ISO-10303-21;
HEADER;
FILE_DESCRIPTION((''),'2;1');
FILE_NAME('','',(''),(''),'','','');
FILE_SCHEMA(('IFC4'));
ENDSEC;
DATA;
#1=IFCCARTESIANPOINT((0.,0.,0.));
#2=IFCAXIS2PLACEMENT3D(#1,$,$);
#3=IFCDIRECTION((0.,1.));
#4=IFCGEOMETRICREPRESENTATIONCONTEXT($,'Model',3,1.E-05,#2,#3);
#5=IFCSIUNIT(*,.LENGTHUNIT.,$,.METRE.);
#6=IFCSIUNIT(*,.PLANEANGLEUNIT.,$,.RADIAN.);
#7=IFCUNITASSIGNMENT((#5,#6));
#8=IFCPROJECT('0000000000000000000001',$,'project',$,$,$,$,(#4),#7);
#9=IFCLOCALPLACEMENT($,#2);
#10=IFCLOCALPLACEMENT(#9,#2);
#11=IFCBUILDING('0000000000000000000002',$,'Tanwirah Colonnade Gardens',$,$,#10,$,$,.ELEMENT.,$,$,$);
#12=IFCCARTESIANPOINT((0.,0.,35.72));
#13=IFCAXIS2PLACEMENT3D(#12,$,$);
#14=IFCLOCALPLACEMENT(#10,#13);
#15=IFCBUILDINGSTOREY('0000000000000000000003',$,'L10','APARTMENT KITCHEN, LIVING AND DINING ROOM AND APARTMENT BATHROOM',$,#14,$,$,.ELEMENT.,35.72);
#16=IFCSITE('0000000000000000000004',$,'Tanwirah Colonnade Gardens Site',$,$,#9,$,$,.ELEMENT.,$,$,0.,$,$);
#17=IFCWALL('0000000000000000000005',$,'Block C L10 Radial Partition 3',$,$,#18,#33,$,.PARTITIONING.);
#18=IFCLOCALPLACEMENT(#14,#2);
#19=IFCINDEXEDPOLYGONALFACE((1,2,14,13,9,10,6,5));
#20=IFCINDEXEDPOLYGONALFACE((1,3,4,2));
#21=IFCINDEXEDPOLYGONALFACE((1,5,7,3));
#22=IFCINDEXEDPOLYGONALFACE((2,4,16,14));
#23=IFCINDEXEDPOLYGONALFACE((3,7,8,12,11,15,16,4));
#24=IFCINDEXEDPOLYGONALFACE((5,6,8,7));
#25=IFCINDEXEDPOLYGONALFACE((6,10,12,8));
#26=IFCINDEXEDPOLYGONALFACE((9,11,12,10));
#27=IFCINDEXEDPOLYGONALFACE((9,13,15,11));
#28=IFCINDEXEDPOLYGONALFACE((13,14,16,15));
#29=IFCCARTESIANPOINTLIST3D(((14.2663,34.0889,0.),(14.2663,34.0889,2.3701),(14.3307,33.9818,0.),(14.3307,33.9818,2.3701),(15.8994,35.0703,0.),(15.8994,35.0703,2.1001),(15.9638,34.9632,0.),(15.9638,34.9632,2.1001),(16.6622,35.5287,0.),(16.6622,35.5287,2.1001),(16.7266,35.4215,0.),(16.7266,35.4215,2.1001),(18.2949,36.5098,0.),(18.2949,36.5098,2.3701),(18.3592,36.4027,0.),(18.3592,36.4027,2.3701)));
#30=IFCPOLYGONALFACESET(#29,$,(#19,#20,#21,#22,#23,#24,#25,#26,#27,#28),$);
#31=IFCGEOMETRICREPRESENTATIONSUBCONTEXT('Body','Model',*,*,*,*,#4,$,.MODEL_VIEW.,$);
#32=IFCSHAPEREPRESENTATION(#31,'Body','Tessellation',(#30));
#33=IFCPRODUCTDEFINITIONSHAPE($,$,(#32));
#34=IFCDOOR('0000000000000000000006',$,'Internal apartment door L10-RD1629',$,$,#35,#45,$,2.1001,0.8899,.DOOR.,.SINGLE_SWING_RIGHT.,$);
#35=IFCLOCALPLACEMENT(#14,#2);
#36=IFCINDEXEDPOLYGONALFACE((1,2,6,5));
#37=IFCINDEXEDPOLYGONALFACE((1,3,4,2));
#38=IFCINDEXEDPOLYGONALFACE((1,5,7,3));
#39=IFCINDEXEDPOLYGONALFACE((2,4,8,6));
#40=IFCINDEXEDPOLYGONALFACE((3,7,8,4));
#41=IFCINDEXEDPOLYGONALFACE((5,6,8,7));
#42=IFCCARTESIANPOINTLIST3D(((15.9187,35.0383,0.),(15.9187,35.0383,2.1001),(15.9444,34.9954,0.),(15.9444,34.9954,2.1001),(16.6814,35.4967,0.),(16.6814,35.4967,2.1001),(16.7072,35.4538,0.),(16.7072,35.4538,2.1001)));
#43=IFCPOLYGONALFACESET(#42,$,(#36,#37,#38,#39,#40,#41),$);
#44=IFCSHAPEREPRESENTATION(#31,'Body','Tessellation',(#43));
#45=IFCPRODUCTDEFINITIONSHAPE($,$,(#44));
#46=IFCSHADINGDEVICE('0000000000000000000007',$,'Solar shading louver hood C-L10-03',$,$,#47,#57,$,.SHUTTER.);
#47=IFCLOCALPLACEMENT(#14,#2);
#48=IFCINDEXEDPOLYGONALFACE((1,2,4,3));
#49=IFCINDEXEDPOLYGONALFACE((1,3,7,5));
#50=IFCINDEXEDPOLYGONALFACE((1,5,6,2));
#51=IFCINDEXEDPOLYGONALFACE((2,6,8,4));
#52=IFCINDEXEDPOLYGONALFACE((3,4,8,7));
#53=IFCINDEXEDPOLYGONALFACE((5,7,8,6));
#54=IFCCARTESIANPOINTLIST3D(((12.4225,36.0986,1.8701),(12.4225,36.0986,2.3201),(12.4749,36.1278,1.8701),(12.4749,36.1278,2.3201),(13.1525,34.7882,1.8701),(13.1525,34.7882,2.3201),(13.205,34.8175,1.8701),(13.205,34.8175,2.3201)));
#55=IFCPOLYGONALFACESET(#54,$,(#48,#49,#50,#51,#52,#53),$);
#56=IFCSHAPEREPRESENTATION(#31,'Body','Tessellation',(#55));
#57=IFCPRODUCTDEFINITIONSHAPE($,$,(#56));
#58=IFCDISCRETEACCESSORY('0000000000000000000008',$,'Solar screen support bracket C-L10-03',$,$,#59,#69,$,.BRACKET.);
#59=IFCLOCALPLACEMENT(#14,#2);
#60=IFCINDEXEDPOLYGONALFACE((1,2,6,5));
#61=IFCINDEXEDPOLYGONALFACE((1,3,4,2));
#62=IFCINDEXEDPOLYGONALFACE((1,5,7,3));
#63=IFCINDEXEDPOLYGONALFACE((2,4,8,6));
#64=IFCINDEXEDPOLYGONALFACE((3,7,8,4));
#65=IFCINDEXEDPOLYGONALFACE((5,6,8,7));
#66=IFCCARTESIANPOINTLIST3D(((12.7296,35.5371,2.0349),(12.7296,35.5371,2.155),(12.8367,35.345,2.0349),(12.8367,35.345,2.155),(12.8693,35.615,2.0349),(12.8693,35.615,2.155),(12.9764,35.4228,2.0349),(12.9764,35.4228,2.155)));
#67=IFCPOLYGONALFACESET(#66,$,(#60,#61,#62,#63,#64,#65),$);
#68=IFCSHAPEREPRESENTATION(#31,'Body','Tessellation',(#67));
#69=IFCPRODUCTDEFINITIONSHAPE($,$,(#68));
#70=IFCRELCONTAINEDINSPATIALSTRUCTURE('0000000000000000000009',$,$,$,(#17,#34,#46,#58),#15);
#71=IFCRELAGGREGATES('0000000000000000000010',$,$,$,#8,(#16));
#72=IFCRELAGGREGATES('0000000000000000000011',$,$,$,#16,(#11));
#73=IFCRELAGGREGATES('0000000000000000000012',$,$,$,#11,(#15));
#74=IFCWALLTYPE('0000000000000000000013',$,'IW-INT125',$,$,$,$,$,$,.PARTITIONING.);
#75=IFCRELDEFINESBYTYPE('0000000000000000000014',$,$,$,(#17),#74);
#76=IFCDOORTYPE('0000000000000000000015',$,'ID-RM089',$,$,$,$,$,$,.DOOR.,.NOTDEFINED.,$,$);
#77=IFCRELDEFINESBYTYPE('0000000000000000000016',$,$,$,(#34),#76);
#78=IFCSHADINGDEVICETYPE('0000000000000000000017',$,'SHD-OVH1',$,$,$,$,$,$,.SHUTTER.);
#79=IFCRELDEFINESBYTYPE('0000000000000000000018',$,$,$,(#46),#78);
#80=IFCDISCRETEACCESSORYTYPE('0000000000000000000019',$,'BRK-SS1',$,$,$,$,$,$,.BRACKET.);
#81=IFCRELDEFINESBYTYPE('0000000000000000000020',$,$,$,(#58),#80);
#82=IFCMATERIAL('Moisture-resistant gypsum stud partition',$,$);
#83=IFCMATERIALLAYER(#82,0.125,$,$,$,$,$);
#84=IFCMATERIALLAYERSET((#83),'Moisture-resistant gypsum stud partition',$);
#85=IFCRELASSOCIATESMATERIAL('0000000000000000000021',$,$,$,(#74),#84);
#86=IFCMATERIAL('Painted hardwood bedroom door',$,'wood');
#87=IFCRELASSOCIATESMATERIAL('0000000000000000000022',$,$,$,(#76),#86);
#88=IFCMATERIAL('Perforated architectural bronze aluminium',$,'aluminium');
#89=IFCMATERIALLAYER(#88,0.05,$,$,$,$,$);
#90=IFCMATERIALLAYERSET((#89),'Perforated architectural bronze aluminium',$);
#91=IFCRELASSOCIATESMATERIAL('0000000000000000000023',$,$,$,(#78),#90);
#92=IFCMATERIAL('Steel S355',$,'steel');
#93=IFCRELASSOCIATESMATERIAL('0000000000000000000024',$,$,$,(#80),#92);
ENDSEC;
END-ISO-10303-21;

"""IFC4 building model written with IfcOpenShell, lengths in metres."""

from ifc_helpers import new_model, si_unit, direction, frame, frame_2d, origin, origin_2d, place, context, subcontext, project, spatial, rectangle, extrude, material, layer, layer_set, type_object, element, fill, save


model = new_model("IFC4")

# Units and contexts
model_context = context("Model", 3, precision=1e-05, world=origin(), true_north=direction((0.0, 1.0)))
body_context = subcontext(model_context, "Body", "Model", "MODEL_VIEW")
ifc_project = project(units=[si_unit("LENGTHUNIT", "METRE"), si_unit("PLANEANGLEUNIT", "RADIAN")], contexts=[model_context])

# Site, building, storey
site_placement = place(None, origin())
site = spatial("IfcSite", under=ifc_project, at=site_placement, Name="Tanwirah Colonnade Gardens Site", CompositionType="ELEMENT", RefElevation=0.0)
building_placement = place(site_placement, origin())
building = spatial("IfcBuilding", under=site, at=building_placement, Name="Tanwirah Colonnade Gardens", CompositionType="ELEMENT")
storey_placement = place(building_placement, frame((0.0, 0.0, 35.72)))
storey = spatial("IfcBuildingStorey", under=building, at=storey_placement, Name="L10", Description="APARTMENT KITCHEN, LIVING AND DINING ROOM AND APARTMENT BATHROOM", CompositionType="ELEMENT", Elevation=35.72)

# Wall, opening, door
ifc_material_1 = material(Name="Moisture-resistant gypsum stud partition")
ifc_layer_1 = layer(ifc_material_1, 0.125)
ifc_layer_set_1 = layer_set([ifc_layer_1], Name="Moisture-resistant gypsum stud partition")
wall_type_1 = type_object("IfcWallType", Name="IW-INT125", PredefinedType="PARTITIONING", material=ifc_layer_set_1)
wall_1_placement = place(storey_placement, frame((18.3271, 36.4563, 0.0), z_axis=(0.0, 0.0, 1.0), x_axis=(-0.85714, -0.515084, 0.0)))
wall_1 = element("IfcWall", 1, at=wall_1_placement, inside=storey, type_object=wall_type_1, Name="Block C L10 Radial Partition 3", PredefinedType="PARTITIONING", context=body_context, shape_type="SweptSolid", body=[
    extrude(rectangle(XDim=4.7, YDim=0.125, at=frame_2d((2.3501, 0.0))), origin(), (0.0, 0.0, 1.0), 2.3701),
])
opening_1_placement = place(wall_1_placement, frame((1.905, 0.0, 0.0)))
opening_1 = element("IfcOpeningElement", 2, at=opening_1_placement, cuts=wall_1, PredefinedType="OPENING", context=body_context, shape_type="SweptSolid", body=[
    extrude(rectangle(XDim=0.8899, YDim=2.1001, at=frame_2d((0.4448, 1.05))), frame((0.0, 0.0725, 0.0), z_axis=(0.0, -1.0, 0.0), x_axis=(1.0, 0.0, 0.0)), (0.0, 0.0, 1.0), 0.145),
])
ifc_material_2 = material(Name="Painted hardwood bedroom door", Category="wood")
door_type_1 = type_object("IfcDoorType", Name="ID-RM089", OperationType="NOTDEFINED", PredefinedType="DOOR", material=ifc_material_2)
door_1_placement = place(opening_1_placement, origin())
door_1 = element("IfcDoor", 3, at=door_1_placement, inside=storey, type_object=door_type_1, Name="Internal apartment door L10-RD1629", OperationType="SINGLE_SWING_RIGHT", OverallHeight=2.1001, OverallWidth=0.8899, PredefinedType="DOOR", context=body_context, shape_type="SweptSolid", body=[
    extrude(rectangle(XDim=0.8899, YDim=2.1001, at=frame_2d((0.4448, 1.05))), frame((0.0, 0.0249, 0.0), z_axis=(0.0, -1.0, 0.0), x_axis=(1.0, 0.0, 0.0)), (0.0, 0.0, 1.0), 0.05),
])
fill(opening_1, door_1)

# Shading device
ifc_material_3 = material(Name="Perforated architectural bronze aluminium", Category="aluminium")
ifc_layer_2 = layer(ifc_material_3, 0.05)
ifc_layer_set_2 = layer_set([ifc_layer_2], Name="Perforated architectural bronze aluminium")
shading_device_type = type_object("IfcShadingDeviceType", Name="SHD-OVH1", PredefinedType="SHUTTER", material=ifc_layer_set_2)
shading_device_placement = place(storey_placement, frame((12.8137, 35.458, 1.8701), z_axis=(0.0, 0.0, 1.0), x_axis=(0.486717, -0.87356, 0.0)))
element("IfcShadingDevice", 4, at=shading_device_placement, inside=storey, type_object=shading_device_type, Name="Solar shading louver hood C-L10-03", PredefinedType="SHUTTER", context=body_context, shape_type="SweptSolid", body=[
    extrude(rectangle(XDim=1.5, YDim=0.0601, at=origin_2d()), origin(), (0.0, 0.0, 1.0), 0.45),
])

# Discrete accessory
ifc_material_4 = material(Name="Steel S355", Category="steel")
discrete_accessory_type = type_object("IfcDiscreteAccessoryType", Name="BRK-SS1", PredefinedType="BRACKET", material=ifc_material_4)
discrete_accessory_placement = place(storey_placement, frame((12.853, 35.48, 2.0349), z_axis=(0.0, 0.0, 1.0), x_axis=(0.486717, -0.87356, 0.0)))
element("IfcDiscreteAccessory", 5, at=discrete_accessory_placement, inside=storey, type_object=discrete_accessory_type, Name="Solar screen support bracket C-L10-03", PredefinedType="BRACKET", context=body_context, shape_type="SweptSolid", body=[
    extrude(rectangle(XDim=0.22, YDim=0.1599, at=origin_2d()), origin(), (0.0, 0.0, 1.0), 0.1201),
])

save(model, "model.ifc")
